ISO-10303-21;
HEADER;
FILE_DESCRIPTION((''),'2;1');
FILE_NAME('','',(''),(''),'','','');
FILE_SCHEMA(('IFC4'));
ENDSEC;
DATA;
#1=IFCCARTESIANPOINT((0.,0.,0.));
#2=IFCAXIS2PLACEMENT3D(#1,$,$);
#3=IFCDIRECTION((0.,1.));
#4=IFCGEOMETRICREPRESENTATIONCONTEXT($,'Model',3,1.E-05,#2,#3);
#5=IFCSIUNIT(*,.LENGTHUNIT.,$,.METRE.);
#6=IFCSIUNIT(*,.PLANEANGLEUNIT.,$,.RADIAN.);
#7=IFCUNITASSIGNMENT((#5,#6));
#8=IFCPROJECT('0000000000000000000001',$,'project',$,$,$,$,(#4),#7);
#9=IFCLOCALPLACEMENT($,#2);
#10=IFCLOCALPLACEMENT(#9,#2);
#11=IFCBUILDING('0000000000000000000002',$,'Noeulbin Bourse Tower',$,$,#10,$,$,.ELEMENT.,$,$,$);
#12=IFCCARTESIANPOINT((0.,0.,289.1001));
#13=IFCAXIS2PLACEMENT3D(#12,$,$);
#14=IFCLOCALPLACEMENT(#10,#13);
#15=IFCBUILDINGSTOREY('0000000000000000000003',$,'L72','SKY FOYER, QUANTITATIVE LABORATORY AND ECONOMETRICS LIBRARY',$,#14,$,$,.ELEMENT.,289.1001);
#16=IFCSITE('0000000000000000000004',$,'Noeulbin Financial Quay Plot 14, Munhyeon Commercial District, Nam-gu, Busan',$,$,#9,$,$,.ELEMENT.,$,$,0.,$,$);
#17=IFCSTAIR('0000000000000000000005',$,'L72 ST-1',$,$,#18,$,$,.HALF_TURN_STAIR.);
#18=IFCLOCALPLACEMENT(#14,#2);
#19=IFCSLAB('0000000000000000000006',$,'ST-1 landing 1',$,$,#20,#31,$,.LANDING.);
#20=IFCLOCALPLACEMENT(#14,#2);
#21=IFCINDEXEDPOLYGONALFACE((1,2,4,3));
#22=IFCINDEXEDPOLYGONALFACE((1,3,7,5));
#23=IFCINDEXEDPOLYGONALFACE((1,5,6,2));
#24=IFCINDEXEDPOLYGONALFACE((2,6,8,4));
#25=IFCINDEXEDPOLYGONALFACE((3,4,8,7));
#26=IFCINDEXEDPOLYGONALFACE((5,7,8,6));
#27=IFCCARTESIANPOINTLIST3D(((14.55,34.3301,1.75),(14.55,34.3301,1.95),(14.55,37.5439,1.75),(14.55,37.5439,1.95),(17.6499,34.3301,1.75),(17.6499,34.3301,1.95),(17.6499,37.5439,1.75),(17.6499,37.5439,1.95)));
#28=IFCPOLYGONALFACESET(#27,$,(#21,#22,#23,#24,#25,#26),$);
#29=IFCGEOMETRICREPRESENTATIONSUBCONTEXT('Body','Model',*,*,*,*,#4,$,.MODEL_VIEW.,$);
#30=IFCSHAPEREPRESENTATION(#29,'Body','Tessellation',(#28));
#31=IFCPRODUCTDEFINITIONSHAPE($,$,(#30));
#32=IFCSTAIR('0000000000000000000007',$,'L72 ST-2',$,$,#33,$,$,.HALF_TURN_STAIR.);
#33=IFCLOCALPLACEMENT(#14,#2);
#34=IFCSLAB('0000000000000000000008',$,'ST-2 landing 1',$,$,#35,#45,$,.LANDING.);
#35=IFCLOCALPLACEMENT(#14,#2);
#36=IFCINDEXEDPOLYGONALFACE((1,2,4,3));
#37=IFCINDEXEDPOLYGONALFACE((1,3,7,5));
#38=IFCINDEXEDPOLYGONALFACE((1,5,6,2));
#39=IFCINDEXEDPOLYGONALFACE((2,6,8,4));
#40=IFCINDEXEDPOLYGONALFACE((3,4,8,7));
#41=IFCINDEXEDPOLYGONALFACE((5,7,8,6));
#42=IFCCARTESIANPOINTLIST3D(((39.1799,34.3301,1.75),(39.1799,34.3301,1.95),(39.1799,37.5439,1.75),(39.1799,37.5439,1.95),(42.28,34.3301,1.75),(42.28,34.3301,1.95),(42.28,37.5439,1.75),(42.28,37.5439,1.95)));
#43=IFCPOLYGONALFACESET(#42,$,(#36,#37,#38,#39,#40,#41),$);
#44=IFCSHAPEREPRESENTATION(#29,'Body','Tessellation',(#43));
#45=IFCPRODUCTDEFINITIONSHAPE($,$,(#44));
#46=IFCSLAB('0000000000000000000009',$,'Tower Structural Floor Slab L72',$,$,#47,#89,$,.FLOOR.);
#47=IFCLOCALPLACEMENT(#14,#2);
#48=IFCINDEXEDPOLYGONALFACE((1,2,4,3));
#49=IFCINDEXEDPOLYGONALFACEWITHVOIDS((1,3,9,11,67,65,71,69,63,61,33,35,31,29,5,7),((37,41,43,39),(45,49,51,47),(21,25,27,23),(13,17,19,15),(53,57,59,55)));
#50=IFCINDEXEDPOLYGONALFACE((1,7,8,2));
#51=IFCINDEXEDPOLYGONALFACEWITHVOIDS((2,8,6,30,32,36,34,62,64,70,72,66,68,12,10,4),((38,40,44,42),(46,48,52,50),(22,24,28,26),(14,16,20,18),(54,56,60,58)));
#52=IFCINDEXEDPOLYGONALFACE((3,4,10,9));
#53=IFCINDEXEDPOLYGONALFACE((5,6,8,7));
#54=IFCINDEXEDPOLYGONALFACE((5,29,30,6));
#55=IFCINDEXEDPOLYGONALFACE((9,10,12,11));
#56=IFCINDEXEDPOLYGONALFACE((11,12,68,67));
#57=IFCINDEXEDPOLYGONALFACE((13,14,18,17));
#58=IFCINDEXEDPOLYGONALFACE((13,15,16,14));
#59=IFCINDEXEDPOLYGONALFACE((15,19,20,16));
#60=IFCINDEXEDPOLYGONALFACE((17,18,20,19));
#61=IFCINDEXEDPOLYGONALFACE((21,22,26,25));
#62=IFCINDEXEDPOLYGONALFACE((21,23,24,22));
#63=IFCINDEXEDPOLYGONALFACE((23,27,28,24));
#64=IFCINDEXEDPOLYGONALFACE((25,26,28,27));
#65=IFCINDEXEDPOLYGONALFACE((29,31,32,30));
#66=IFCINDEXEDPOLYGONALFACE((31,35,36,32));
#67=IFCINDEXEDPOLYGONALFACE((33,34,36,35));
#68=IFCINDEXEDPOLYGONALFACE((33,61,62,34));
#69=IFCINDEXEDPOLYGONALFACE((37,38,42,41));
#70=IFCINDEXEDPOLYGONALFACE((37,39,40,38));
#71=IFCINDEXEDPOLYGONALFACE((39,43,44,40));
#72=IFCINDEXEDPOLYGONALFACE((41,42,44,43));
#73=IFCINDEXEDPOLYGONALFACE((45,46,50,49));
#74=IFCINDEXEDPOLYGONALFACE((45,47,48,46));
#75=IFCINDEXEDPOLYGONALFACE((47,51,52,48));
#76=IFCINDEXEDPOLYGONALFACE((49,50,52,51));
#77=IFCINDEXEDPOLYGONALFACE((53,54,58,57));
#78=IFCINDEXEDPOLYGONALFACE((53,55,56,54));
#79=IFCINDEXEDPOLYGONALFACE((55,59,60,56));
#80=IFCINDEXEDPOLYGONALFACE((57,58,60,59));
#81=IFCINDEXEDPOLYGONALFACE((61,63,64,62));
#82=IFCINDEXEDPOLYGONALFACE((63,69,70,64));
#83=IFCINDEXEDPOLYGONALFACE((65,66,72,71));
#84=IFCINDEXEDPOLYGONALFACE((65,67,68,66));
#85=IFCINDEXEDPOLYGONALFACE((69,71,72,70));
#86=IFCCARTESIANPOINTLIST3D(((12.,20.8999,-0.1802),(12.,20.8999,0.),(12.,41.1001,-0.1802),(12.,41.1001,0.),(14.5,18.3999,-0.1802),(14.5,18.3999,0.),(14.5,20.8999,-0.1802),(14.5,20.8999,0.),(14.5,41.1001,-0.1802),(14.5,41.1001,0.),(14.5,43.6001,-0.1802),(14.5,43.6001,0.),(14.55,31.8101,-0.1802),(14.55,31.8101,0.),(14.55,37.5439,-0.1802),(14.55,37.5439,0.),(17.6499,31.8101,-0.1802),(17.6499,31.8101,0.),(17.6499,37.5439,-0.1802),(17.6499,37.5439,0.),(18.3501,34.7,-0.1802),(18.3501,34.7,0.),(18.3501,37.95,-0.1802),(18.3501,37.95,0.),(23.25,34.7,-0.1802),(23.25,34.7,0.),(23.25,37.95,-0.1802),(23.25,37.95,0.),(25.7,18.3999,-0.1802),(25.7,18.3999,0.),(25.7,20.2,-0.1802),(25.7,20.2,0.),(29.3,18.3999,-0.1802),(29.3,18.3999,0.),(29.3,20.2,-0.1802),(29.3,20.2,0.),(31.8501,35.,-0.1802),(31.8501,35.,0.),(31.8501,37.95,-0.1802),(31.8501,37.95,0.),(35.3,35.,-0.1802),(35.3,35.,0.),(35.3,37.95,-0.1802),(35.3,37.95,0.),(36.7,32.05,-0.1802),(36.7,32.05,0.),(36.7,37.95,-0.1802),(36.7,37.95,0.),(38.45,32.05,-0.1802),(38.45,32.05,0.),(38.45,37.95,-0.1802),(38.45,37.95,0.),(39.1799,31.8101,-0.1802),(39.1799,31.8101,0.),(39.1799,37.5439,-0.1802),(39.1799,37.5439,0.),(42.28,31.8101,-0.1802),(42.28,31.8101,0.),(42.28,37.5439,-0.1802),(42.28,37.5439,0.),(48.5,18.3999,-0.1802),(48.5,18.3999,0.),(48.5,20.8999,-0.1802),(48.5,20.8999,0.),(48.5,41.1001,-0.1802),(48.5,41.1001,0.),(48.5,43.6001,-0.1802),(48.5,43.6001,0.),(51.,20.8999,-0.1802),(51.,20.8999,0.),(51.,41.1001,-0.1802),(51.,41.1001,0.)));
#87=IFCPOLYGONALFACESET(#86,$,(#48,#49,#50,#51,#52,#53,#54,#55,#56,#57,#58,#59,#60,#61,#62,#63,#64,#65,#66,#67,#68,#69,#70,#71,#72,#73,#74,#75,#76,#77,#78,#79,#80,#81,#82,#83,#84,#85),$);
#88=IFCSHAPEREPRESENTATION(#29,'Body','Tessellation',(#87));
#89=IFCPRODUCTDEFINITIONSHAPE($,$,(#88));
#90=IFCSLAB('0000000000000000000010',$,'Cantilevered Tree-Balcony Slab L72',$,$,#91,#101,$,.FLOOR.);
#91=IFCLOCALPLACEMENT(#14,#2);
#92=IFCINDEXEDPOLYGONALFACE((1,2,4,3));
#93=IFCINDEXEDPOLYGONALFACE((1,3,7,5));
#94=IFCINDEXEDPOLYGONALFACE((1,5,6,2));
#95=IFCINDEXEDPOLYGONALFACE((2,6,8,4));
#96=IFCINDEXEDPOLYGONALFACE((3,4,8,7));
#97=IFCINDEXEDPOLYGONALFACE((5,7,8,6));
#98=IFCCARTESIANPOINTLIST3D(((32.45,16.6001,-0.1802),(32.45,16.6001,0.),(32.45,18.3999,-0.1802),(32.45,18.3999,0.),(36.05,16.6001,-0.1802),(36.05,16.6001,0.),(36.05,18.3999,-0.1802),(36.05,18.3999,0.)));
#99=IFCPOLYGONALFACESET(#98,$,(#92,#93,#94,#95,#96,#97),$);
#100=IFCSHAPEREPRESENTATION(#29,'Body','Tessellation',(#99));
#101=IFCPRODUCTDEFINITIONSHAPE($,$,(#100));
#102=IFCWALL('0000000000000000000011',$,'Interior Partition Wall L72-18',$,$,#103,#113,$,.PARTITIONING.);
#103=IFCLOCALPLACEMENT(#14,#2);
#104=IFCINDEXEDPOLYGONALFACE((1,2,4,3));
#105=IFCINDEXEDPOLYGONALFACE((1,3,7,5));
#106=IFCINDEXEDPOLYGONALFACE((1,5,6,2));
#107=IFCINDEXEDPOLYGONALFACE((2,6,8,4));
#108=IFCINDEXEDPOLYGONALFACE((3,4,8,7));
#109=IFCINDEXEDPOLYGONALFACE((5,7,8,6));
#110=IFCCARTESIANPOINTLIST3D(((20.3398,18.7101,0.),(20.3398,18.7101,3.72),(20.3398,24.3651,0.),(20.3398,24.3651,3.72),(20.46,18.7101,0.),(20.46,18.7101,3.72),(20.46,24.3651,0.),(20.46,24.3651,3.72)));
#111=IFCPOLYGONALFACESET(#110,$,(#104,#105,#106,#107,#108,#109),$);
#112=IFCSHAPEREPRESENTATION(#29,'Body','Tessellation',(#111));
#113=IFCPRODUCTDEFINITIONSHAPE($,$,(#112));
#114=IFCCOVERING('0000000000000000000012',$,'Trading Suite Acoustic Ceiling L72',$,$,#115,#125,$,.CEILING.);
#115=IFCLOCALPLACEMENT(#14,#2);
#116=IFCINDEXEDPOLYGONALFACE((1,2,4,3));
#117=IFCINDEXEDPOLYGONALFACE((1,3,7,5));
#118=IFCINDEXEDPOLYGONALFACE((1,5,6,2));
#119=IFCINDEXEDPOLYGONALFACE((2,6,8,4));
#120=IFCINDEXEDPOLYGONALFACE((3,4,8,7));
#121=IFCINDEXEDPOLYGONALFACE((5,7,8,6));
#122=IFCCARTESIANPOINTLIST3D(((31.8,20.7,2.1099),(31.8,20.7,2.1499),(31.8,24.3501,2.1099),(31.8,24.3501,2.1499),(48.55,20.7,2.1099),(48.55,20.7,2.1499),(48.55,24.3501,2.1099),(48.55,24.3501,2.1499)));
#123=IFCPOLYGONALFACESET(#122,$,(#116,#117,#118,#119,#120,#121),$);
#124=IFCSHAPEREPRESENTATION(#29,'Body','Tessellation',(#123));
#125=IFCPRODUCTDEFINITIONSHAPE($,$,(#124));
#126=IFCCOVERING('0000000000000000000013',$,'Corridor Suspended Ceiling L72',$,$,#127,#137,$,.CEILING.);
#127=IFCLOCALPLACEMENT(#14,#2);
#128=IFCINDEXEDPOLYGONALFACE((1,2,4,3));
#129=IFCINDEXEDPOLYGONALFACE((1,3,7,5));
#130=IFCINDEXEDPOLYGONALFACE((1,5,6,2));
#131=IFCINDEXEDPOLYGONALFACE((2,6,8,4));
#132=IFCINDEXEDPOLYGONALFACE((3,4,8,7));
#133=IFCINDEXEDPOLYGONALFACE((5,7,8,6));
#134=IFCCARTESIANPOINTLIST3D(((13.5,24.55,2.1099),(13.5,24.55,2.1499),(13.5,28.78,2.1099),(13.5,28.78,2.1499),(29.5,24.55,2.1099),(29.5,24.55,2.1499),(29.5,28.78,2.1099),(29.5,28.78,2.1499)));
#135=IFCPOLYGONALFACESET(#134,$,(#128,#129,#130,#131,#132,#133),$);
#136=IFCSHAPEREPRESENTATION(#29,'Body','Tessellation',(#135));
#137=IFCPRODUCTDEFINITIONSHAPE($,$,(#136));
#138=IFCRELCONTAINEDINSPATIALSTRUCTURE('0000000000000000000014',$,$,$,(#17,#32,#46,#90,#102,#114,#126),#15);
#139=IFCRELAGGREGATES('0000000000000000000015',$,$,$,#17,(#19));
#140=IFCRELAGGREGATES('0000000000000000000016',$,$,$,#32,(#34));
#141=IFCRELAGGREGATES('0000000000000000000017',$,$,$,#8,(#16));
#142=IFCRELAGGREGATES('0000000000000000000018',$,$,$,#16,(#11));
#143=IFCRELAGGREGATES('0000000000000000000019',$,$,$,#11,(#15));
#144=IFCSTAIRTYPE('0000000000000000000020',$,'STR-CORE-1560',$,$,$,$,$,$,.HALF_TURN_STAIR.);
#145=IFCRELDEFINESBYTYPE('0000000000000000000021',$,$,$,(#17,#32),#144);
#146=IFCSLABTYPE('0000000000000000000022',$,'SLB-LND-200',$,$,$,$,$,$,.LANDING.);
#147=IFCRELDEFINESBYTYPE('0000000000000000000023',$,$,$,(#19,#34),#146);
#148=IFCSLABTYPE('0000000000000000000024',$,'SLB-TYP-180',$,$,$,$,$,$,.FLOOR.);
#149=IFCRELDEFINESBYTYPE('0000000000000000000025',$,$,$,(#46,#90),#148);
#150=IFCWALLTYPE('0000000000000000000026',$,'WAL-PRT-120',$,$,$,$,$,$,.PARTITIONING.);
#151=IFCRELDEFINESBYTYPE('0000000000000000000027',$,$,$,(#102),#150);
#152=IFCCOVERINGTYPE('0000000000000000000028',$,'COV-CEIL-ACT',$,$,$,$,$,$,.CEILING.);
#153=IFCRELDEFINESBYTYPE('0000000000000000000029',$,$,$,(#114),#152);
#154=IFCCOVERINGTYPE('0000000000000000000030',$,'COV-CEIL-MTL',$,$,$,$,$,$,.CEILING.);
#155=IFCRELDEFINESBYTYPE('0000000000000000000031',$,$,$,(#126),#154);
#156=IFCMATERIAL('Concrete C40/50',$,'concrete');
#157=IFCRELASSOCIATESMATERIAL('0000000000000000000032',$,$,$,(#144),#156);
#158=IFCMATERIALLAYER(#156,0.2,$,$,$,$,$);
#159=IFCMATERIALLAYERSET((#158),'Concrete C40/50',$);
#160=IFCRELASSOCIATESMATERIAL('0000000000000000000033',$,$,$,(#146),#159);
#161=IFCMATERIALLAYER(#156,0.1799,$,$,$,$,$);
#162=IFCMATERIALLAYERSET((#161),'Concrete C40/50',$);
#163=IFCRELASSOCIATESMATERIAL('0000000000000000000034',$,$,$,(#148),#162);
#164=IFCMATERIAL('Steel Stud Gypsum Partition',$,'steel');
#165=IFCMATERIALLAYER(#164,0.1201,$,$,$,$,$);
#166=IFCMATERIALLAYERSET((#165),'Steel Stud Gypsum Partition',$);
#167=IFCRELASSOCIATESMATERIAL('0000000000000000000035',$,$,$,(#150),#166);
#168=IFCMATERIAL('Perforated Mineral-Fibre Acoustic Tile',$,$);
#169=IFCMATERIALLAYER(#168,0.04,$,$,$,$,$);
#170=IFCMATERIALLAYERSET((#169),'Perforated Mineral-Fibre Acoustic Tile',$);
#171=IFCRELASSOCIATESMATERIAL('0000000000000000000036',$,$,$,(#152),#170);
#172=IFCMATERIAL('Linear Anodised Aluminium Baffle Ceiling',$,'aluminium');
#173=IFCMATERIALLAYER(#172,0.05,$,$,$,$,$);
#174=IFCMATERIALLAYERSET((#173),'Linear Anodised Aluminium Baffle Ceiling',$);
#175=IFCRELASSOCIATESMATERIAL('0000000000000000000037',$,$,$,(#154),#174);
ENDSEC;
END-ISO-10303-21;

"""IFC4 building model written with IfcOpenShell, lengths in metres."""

from ifc_helpers import new_model, si_unit, direction, frame, frame_2d, origin, place, context, subcontext, project, spatial, polyline, rectangle, outline, extrude, material, layer, layer_set, type_object, element, aggregate, save


model = new_model("IFC4")

# Units and contexts
model_context = context("Model", 3, precision=1e-05, world=origin(), true_north=direction((0.0, 1.0)))
body_context = subcontext(model_context, "Body", "Model", "MODEL_VIEW")
ifc_project = project(units=[si_unit("LENGTHUNIT", "METRE"), si_unit("PLANEANGLEUNIT", "RADIAN")], contexts=[model_context])

# Site, building, storey
site_placement = place(None, origin())
site = spatial("IfcSite", under=ifc_project, at=site_placement, Name="Noeulbin Financial Quay Plot 14, Munhyeon Commercial District, Nam-gu, Busan", CompositionType="ELEMENT", RefElevation=0.0)
building_placement = place(site_placement, origin())
building = spatial("IfcBuilding", under=site, at=building_placement, Name="Noeulbin Bourse Tower", CompositionType="ELEMENT")
storey_placement = place(building_placement, frame((0.0, 0.0, 289.1001)))
storey = spatial("IfcBuildingStorey", under=building, at=storey_placement, Name="L72", Description="SKY FOYER, QUANTITATIVE LABORATORY AND ECONOMETRICS LIBRARY", CompositionType="ELEMENT", Elevation=289.1001)

# Stairs, slabs
ifc_material_1 = material(Name="Concrete C40/50", Category="concrete")
stair_type = type_object("IfcStairType", Name="STR-CORE-1560", PredefinedType="HALF_TURN_STAIR", material=ifc_material_1)
stair_1_placement = place(storey_placement, origin())
stair_1 = element("IfcStair", 1, at=stair_1_placement, inside=storey, type_object=stair_type, Name="L72 ST-1", PredefinedType="HALF_TURN_STAIR")
ifc_layer_1 = layer(ifc_material_1, 0.2)
ifc_layer_set_1 = layer_set([ifc_layer_1], Name="Concrete C40/50")
slab_type_1 = type_object("IfcSlabType", Name="SLB-LND-200", PredefinedType="LANDING", material=ifc_layer_set_1)
slab_1_placement = place(storey_placement, frame((0.0, 0.0, 1.75)))
slab_1 = element("IfcSlab", 2, at=slab_1_placement, type_object=slab_type_1, Name="ST-1 landing 1", PredefinedType="LANDING", context=body_context, shape_type="SweptSolid", body=[
    extrude(outline(polyline([(17.6499, 34.3301), (17.6499, 37.5439), (14.55, 37.5439), (14.55, 34.3301), (17.6499, 34.3301)])), origin(), (0.0, 0.0, 1.0), 0.2),
])
aggregate(stair_1, [slab_1])
stair_2_placement = place(storey_placement, origin())
stair_2 = element("IfcStair", 3, at=stair_2_placement, inside=storey, type_object=stair_type, Name="L72 ST-2", PredefinedType="HALF_TURN_STAIR")
slab_2_placement = place(storey_placement, frame((0.0, 0.0, 1.75)))
slab_2 = element("IfcSlab", 4, at=slab_2_placement, type_object=slab_type_1, Name="ST-2 landing 1", PredefinedType="LANDING", context=body_context, shape_type="SweptSolid", body=[
    extrude(outline(polyline([(42.28, 34.3301), (42.28, 37.5439), (39.1799, 37.5439), (39.1799, 34.3301), (42.28, 34.3301)])), origin(), (0.0, 0.0, 1.0), 0.2),
])
aggregate(stair_2, [slab_2])

# Slab, openings
ifc_layer_2 = layer(ifc_material_1, 0.1799)
ifc_layer_set_2 = layer_set([ifc_layer_2], Name="Concrete C40/50")
slab_type_2 = type_object("IfcSlabType", Name="SLB-TYP-180", PredefinedType="FLOOR", material=ifc_layer_set_2)
slab_3_placement = place(storey_placement, frame((0.0, 0.0, -0.1802)))
slab_3 = element("IfcSlab", 5, at=slab_3_placement, inside=storey, type_object=slab_type_2, Name="Tower Structural Floor Slab L72", PredefinedType="FLOOR", context=body_context, shape_type="SweptSolid", body=[
    extrude(outline(polyline([(14.5, 18.3999), (25.7, 18.3999), (25.7, 20.2), (29.3, 20.2), (29.3, 18.3999), (48.5, 18.3999), (48.5, 20.8999), (51.0, 20.8999), (51.0, 41.1001), (48.5, 41.1001), (48.5, 43.6001), (14.5, 43.6001), (14.5, 41.1001), (12.0, 41.1001), (12.0, 20.8999), (14.5, 20.8999), (14.5, 18.3999)]), holes=[polyline([(17.6499, 31.8101), (17.6499, 37.5439), (14.55, 37.5439), (14.55, 31.8101), (17.6499, 31.8101)]), polyline([(42.28, 31.8101), (42.28, 37.5439), (39.1799, 37.5439), (39.1799, 31.8101), (42.28, 31.8101)]), polyline([(18.3501, 34.7), (23.25, 34.7), (23.25, 37.95), (18.3501, 37.95), (18.3501, 34.7)]), polyline([(36.7, 32.05), (38.45, 32.05), (38.45, 37.95), (36.7, 37.95), (36.7, 32.05)]), polyline([(31.8501, 35.0), (35.3, 35.0), (35.3, 37.95), (31.8501, 37.95), (31.8501, 35.0)])]), origin(), (0.0, 0.0, 1.0), 0.1802),
])
opening_1_placement = place(slab_3_placement, frame((0.0, 0.0, -0.01)))
element("IfcOpeningElement", 6, at=opening_1_placement, cuts=slab_3, PredefinedType="OPENING", context=body_context, shape_type="SweptSolid", body=[
    extrude(outline(polyline([(17.6499, 31.8101), (17.6499, 37.5439), (14.55, 37.5439), (14.55, 31.8101), (17.6499, 31.8101)])), origin(), (0.0, 0.0, 1.0), 0.2002),
])
opening_2_placement = place(slab_3_placement, frame((0.0, 0.0, -0.01)))
element("IfcOpeningElement", 7, at=opening_2_placement, cuts=slab_3, PredefinedType="OPENING", context=body_context, shape_type="SweptSolid", body=[
    extrude(outline(polyline([(42.28, 31.8101), (42.28, 37.5439), (39.1799, 37.5439), (39.1799, 31.8101), (42.28, 31.8101)])), origin(), (0.0, 0.0, 1.0), 0.2002),
])
opening_3_placement = place(slab_3_placement, frame((0.0, 0.0, -0.01)))
element("IfcOpeningElement", 8, at=opening_3_placement, cuts=slab_3, PredefinedType="OPENING", context=body_context, shape_type="SweptSolid", body=[
    extrude(outline(polyline([(18.3501, 34.7), (23.25, 34.7), (23.25, 37.95), (18.3501, 37.95), (18.3501, 34.7)])), origin(), (0.0, 0.0, 1.0), 0.2002),
])
opening_4_placement = place(slab_3_placement, frame((0.0, 0.0, -0.01)))
element("IfcOpeningElement", 9, at=opening_4_placement, cuts=slab_3, PredefinedType="OPENING", context=body_context, shape_type="SweptSolid", body=[
    extrude(outline(polyline([(36.7, 32.05), (38.45, 32.05), (38.45, 37.95), (36.7, 37.95), (36.7, 32.05)])), origin(), (0.0, 0.0, 1.0), 0.2002),
])
opening_5_placement = place(slab_3_placement, frame((0.0, 0.0, -0.01)))
element("IfcOpeningElement", 10, at=opening_5_placement, cuts=slab_3, PredefinedType="OPENING", context=body_context, shape_type="SweptSolid", body=[
    extrude(outline(polyline([(31.8501, 35.0), (35.3, 35.0), (35.3, 37.95), (31.8501, 37.95), (31.8501, 35.0)])), origin(), (0.0, 0.0, 1.0), 0.2002),
])

# Slab
slab_4_placement = place(storey_placement, frame((0.0, 0.0, -0.1802)))
element("IfcSlab", 11, at=slab_4_placement, inside=storey, type_object=slab_type_2, Name="Cantilevered Tree-Balcony Slab L72", PredefinedType="FLOOR", context=body_context, shape_type="SweptSolid", body=[
    extrude(outline(polyline([(32.45, 16.6001), (36.05, 16.6001), (36.05, 18.3999), (32.45, 18.3999), (32.45, 16.6001)])), origin(), (0.0, 0.0, 1.0), 0.1802),
])

# Wall
ifc_material_2 = material(Name="Steel Stud Gypsum Partition", Category="steel")
ifc_layer_3 = layer(ifc_material_2, 0.1201)
ifc_layer_set_3 = layer_set([ifc_layer_3], Name="Steel Stud Gypsum Partition")
wall_type = type_object("IfcWallType", Name="WAL-PRT-120", PredefinedType="PARTITIONING", material=ifc_layer_set_3)
wall_placement = place(storey_placement, frame((20.3999, 18.71, 0.0), z_axis=(0.0, 0.0, 1.0), x_axis=(0.0, 1.0, 0.0)))
element("IfcWall", 12, at=wall_placement, inside=storey, type_object=wall_type, Name="Interior Partition Wall L72-18", PredefinedType="PARTITIONING", context=body_context, shape_type="SweptSolid", body=[
    extrude(rectangle(XDim=5.655, YDim=0.1201, at=frame_2d((2.8276, 0.0))), origin(), (0.0, 0.0, 1.0), 3.72),
])

# Coverings
ifc_material_3 = material(Name="Perforated Mineral-Fibre Acoustic Tile")
ifc_layer_4 = layer(ifc_material_3, 0.04)
ifc_layer_set_4 = layer_set([ifc_layer_4], Name="Perforated Mineral-Fibre Acoustic Tile")
covering_type_1 = type_object("IfcCoveringType", Name="COV-CEIL-ACT", PredefinedType="CEILING", material=ifc_layer_set_4)
covering_1_placement = place(storey_placement, frame((0.0, 0.0, 2.1099)))
element("IfcCovering", 13, at=covering_1_placement, inside=storey, type_object=covering_type_1, Name="Trading Suite Acoustic Ceiling L72", PredefinedType="CEILING", context=body_context, shape_type="SweptSolid", body=[
    extrude(outline(polyline([(31.8, 20.7), (48.55, 20.7), (48.55, 24.3501), (31.8, 24.3501), (31.8, 20.7)])), origin(), (0.0, 0.0, 1.0), 0.04),
])
ifc_material_4 = material(Name="Linear Anodised Aluminium Baffle Ceiling", Category="aluminium")
ifc_layer_5 = layer(ifc_material_4, 0.05)
ifc_layer_set_5 = layer_set([ifc_layer_5], Name="Linear Anodised Aluminium Baffle Ceiling")
covering_type_2 = type_object("IfcCoveringType", Name="COV-CEIL-MTL", PredefinedType="CEILING", material=ifc_layer_set_5)
covering_2_placement = place(storey_placement, frame((0.0, 0.0, 2.1099)))
element("IfcCovering", 14, at=covering_2_placement, inside=storey, type_object=covering_type_2, Name="Corridor Suspended Ceiling L72", PredefinedType="CEILING", context=body_context, shape_type="SweptSolid", body=[
    extrude(outline(polyline([(13.5, 24.55), (29.5, 24.55), (29.5, 28.78), (13.5, 28.78), (13.5, 24.55)])), origin(), (0.0, 0.0, 1.0), 0.04),
])

save(model, "model.ifc")
